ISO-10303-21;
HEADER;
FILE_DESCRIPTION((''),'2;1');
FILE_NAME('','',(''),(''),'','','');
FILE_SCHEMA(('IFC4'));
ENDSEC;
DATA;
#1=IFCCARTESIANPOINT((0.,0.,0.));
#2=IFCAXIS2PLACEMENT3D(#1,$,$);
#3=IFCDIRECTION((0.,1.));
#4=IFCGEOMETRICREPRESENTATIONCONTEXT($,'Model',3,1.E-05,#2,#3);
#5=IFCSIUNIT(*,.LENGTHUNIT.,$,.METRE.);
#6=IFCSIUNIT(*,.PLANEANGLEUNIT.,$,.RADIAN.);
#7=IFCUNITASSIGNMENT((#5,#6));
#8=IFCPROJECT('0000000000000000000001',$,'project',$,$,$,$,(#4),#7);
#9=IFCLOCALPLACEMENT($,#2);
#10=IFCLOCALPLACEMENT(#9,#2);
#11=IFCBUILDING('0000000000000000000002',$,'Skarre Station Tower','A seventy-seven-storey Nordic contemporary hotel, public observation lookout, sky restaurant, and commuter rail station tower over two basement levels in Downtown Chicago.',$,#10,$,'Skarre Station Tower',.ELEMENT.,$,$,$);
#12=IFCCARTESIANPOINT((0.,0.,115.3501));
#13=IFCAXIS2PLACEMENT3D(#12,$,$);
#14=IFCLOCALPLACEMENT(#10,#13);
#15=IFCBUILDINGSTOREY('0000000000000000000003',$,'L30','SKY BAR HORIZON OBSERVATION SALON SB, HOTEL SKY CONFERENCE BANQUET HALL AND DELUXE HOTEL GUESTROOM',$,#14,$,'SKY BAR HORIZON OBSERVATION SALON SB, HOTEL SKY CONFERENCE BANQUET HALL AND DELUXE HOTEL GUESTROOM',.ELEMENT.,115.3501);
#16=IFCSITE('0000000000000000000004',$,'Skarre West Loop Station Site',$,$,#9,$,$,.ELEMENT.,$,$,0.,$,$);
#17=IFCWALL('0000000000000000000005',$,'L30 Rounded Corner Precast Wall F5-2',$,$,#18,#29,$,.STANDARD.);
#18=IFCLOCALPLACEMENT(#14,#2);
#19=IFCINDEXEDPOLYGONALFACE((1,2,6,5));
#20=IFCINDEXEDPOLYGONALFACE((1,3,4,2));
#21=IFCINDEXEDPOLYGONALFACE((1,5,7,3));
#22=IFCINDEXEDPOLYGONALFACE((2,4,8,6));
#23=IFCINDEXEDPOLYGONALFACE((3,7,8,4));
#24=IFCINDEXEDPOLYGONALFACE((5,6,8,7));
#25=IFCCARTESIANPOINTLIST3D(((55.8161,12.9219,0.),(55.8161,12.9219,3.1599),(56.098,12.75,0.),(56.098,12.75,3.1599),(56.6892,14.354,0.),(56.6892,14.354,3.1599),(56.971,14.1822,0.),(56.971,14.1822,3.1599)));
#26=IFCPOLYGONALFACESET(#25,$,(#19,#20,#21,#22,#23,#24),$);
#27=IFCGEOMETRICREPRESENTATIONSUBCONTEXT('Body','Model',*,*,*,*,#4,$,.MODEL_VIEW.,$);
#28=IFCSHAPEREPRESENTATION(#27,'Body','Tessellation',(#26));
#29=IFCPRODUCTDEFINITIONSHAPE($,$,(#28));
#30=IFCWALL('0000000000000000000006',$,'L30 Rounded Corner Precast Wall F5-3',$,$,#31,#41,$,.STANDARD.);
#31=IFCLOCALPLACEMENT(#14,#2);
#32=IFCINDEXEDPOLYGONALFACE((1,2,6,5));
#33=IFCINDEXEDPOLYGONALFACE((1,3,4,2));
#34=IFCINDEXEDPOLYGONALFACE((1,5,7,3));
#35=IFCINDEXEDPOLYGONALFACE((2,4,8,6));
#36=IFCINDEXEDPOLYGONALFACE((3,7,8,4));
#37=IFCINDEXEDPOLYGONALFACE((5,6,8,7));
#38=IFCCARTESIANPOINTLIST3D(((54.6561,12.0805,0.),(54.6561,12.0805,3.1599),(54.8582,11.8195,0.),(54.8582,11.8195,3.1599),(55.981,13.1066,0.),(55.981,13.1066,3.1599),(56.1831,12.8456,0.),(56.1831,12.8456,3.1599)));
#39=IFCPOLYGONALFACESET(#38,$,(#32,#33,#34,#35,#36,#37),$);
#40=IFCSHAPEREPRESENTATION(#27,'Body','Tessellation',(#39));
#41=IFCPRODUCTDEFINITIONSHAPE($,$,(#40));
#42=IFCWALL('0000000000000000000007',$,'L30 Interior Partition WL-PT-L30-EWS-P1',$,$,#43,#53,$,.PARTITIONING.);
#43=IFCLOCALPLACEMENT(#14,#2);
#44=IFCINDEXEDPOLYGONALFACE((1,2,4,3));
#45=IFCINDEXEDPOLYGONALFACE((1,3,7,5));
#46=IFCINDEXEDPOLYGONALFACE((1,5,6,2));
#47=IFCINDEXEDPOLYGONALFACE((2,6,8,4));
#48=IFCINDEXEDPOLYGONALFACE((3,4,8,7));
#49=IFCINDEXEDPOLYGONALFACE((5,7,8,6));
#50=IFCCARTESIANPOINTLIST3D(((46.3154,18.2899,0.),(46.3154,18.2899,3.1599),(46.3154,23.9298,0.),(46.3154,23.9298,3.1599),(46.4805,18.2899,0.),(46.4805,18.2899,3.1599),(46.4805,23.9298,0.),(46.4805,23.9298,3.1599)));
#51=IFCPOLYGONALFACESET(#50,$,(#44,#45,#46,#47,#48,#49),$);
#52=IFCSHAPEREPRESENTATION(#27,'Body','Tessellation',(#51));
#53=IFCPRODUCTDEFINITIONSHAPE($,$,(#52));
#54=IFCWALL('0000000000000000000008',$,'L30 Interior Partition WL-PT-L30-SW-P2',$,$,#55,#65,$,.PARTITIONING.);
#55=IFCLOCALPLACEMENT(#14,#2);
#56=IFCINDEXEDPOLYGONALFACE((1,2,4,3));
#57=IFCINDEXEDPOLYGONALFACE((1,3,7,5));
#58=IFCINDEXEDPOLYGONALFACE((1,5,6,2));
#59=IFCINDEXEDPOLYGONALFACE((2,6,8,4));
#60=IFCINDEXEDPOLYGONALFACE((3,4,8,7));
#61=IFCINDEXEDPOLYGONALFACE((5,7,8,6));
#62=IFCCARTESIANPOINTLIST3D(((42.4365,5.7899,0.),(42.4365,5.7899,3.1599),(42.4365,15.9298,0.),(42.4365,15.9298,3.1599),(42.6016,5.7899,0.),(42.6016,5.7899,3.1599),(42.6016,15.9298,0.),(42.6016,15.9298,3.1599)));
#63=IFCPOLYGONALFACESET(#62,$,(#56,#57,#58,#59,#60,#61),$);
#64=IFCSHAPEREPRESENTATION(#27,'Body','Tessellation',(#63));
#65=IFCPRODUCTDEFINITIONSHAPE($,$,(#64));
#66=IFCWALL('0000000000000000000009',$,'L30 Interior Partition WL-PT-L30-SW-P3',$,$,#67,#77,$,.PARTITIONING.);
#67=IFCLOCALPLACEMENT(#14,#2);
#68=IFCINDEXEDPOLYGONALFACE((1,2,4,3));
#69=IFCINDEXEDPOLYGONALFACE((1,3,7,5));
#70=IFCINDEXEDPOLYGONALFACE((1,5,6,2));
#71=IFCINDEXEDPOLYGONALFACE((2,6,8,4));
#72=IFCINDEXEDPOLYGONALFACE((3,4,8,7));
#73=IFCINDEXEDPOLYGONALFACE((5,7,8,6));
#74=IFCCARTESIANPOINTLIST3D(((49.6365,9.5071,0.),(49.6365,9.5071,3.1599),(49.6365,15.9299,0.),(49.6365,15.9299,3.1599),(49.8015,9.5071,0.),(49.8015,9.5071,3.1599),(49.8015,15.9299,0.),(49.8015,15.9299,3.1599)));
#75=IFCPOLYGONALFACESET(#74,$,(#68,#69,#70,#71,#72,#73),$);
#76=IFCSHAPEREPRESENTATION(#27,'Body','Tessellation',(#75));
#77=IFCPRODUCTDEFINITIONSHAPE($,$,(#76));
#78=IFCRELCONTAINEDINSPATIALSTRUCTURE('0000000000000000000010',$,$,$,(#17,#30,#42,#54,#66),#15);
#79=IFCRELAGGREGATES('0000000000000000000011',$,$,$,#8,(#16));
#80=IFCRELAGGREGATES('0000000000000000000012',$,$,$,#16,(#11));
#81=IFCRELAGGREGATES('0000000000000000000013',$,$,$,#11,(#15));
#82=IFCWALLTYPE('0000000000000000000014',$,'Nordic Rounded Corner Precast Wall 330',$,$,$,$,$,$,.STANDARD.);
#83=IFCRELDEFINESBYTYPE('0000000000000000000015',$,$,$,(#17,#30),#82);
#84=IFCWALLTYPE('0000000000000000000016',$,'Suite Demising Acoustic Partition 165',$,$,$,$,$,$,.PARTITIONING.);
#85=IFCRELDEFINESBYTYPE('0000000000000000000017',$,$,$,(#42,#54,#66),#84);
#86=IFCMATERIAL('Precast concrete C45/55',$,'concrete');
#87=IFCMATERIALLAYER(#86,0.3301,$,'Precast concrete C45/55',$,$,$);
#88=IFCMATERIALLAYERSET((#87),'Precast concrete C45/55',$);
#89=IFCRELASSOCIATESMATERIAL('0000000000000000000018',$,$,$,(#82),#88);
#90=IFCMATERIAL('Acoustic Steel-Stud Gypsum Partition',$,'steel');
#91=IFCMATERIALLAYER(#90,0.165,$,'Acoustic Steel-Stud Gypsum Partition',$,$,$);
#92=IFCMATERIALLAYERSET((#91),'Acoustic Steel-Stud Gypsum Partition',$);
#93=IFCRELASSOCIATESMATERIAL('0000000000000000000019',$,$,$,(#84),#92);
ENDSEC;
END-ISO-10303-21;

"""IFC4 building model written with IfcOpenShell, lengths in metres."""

from ifc_helpers import new_model, si_unit, direction, frame, frame_2d, origin, place, context, subcontext, project, spatial, rectangle, extrude, material, layer, layer_set, type_object, element, save


model = new_model("IFC4")

# Units and contexts
model_context = context("Model", 3, precision=1e-05, world=origin(), true_north=direction((0.0, 1.0)))
body_context = subcontext(model_context, "Body", "Model", "MODEL_VIEW")
ifc_project = project(units=[si_unit("LENGTHUNIT", "METRE"), si_unit("PLANEANGLEUNIT", "RADIAN")], contexts=[model_context])

# Site, building, storey
site_placement = place(None, origin())
site = spatial("IfcSite", under=ifc_project, at=site_placement, Name="Skarre West Loop Station Site", CompositionType="ELEMENT", RefElevation=0.0)
building_placement = place(site_placement, origin())
building = spatial("IfcBuilding", under=site, at=building_placement, Name="Skarre Station Tower", Description="A seventy-seven-storey Nordic contemporary hotel, public observation lookout, sky restaurant, and commuter rail station tower over two basement levels in Downtown Chicago.", LongName="Skarre Station Tower", CompositionType="ELEMENT")
storey_placement = place(building_placement, frame((0.0, 0.0, 115.3501)))
storey = spatial("IfcBuildingStorey", under=building, at=storey_placement, Name="L30", Description="SKY BAR HORIZON OBSERVATION SALON SB, HOTEL SKY CONFERENCE BANQUET HALL AND DELUXE HOTEL GUESTROOM", LongName="SKY BAR HORIZON OBSERVATION SALON SB, HOTEL SKY CONFERENCE BANQUET HALL AND DELUXE HOTEL GUESTROOM", CompositionType="ELEMENT", Elevation=115.3501)

# Shared definitions
ifc_material_1 = material(Name="Acoustic Steel-Stud Gypsum Partition", Category="steel")

# Shared definitions
ifc_material_2 = material(Name="Precast concrete C45/55", Category="concrete")

# Walls
ifc_layer_1 = layer(ifc_material_2, 0.3301, Name="Precast concrete C45/55")
ifc_layer_set_1 = layer_set([ifc_layer_1], Name="Precast concrete C45/55")
wall_type_1 = type_object("IfcWallType", Name="Nordic Rounded Corner Precast Wall 330", PredefinedType="STANDARD", material=ifc_layer_set_1)
wall_1_placement = place(storey_placement, frame((56.8301, 14.2681, 0.0), z_axis=(0.0, 0.0, 1.0), x_axis=(-0.520519, -0.85385, 0.0)))
element("IfcWall", 1, at=wall_1_placement, inside=storey, type_object=wall_type_1, Name="L30 Rounded Corner Precast Wall F5-2", PredefinedType="STANDARD", context=body_context, shape_type="SweptSolid", body=[
    extrude(rectangle(XDim=1.6772, YDim=0.3301, at=frame_2d((0.8386, 0.0))), origin(), (0.0, 0.0, 1.0), 3.1599),
])
wall_2_placement = place(storey_placement, frame((56.082, 12.9761, 0.0), z_axis=(0.0, 0.0, 1.0), x_axis=(-0.790621, -0.612305, 0.0)))
element("IfcWall", 2, at=wall_2_placement, inside=storey, type_object=wall_type_1, Name="L30 Rounded Corner Precast Wall F5-3", PredefinedType="STANDARD", context=body_context, shape_type="SweptSolid", body=[
    extrude(rectangle(XDim=1.6758, YDim=0.3301, at=frame_2d((0.8379, 0.0))), origin(), (0.0, 0.0, 1.0), 3.1599),
])
ifc_layer_2 = layer(ifc_material_1, 0.165, Name="Acoustic Steel-Stud Gypsum Partition")
ifc_layer_set_2 = layer_set([ifc_layer_2], Name="Acoustic Steel-Stud Gypsum Partition")
wall_type_2 = type_object("IfcWallType", Name="Suite Demising Acoustic Partition 165", PredefinedType="PARTITIONING", material=ifc_layer_set_2)
wall_3_placement = place(storey_placement, frame((46.3979, 18.29, 0.0), z_axis=(0.0, 0.0, 1.0), x_axis=(0.0, 1.0, 0.0)))
element("IfcWall", 3, at=wall_3_placement, inside=storey, type_object=wall_type_2, Name="L30 Interior Partition WL-PT-L30-EWS-P1", PredefinedType="PARTITIONING", context=body_context, shape_type="SweptSolid", body=[
    extrude(rectangle(XDim=5.6399, YDim=0.165, at=frame_2d((2.8198, 0.0))), origin(), (0.0, 0.0, 1.0), 3.1599),
])
wall_4_placement = place(storey_placement, frame((42.519, 5.79, 0.0), z_axis=(0.0, 0.0, 1.0), x_axis=(0.0, 1.0, 0.0)))
element("IfcWall", 4, at=wall_4_placement, inside=storey, type_object=wall_type_2, Name="L30 Interior Partition WL-PT-L30-SW-P2", PredefinedType="PARTITIONING", context=body_context, shape_type="SweptSolid", body=[
    extrude(rectangle(XDim=10.1399, YDim=0.165, at=frame_2d((5.0698, 0.0))), origin(), (0.0, 0.0, 1.0), 3.1599),
])
wall_5_placement = place(storey_placement, frame((49.719, 9.5071, 0.0), z_axis=(0.0, 0.0, 1.0), x_axis=(0.0, 1.0, 0.0)))
element("IfcWall", 5, at=wall_5_placement, inside=storey, type_object=wall_type_2, Name="L30 Interior Partition WL-PT-L30-SW-P3", PredefinedType="PARTITIONING", context=body_context, shape_type="SweptSolid", body=[
    extrude(rectangle(XDim=6.4229, YDim=0.165, at=frame_2d((3.2114, 0.0))), origin(), (0.0, 0.0, 1.0), 3.1599),
])

save(model, "model.ifc")
